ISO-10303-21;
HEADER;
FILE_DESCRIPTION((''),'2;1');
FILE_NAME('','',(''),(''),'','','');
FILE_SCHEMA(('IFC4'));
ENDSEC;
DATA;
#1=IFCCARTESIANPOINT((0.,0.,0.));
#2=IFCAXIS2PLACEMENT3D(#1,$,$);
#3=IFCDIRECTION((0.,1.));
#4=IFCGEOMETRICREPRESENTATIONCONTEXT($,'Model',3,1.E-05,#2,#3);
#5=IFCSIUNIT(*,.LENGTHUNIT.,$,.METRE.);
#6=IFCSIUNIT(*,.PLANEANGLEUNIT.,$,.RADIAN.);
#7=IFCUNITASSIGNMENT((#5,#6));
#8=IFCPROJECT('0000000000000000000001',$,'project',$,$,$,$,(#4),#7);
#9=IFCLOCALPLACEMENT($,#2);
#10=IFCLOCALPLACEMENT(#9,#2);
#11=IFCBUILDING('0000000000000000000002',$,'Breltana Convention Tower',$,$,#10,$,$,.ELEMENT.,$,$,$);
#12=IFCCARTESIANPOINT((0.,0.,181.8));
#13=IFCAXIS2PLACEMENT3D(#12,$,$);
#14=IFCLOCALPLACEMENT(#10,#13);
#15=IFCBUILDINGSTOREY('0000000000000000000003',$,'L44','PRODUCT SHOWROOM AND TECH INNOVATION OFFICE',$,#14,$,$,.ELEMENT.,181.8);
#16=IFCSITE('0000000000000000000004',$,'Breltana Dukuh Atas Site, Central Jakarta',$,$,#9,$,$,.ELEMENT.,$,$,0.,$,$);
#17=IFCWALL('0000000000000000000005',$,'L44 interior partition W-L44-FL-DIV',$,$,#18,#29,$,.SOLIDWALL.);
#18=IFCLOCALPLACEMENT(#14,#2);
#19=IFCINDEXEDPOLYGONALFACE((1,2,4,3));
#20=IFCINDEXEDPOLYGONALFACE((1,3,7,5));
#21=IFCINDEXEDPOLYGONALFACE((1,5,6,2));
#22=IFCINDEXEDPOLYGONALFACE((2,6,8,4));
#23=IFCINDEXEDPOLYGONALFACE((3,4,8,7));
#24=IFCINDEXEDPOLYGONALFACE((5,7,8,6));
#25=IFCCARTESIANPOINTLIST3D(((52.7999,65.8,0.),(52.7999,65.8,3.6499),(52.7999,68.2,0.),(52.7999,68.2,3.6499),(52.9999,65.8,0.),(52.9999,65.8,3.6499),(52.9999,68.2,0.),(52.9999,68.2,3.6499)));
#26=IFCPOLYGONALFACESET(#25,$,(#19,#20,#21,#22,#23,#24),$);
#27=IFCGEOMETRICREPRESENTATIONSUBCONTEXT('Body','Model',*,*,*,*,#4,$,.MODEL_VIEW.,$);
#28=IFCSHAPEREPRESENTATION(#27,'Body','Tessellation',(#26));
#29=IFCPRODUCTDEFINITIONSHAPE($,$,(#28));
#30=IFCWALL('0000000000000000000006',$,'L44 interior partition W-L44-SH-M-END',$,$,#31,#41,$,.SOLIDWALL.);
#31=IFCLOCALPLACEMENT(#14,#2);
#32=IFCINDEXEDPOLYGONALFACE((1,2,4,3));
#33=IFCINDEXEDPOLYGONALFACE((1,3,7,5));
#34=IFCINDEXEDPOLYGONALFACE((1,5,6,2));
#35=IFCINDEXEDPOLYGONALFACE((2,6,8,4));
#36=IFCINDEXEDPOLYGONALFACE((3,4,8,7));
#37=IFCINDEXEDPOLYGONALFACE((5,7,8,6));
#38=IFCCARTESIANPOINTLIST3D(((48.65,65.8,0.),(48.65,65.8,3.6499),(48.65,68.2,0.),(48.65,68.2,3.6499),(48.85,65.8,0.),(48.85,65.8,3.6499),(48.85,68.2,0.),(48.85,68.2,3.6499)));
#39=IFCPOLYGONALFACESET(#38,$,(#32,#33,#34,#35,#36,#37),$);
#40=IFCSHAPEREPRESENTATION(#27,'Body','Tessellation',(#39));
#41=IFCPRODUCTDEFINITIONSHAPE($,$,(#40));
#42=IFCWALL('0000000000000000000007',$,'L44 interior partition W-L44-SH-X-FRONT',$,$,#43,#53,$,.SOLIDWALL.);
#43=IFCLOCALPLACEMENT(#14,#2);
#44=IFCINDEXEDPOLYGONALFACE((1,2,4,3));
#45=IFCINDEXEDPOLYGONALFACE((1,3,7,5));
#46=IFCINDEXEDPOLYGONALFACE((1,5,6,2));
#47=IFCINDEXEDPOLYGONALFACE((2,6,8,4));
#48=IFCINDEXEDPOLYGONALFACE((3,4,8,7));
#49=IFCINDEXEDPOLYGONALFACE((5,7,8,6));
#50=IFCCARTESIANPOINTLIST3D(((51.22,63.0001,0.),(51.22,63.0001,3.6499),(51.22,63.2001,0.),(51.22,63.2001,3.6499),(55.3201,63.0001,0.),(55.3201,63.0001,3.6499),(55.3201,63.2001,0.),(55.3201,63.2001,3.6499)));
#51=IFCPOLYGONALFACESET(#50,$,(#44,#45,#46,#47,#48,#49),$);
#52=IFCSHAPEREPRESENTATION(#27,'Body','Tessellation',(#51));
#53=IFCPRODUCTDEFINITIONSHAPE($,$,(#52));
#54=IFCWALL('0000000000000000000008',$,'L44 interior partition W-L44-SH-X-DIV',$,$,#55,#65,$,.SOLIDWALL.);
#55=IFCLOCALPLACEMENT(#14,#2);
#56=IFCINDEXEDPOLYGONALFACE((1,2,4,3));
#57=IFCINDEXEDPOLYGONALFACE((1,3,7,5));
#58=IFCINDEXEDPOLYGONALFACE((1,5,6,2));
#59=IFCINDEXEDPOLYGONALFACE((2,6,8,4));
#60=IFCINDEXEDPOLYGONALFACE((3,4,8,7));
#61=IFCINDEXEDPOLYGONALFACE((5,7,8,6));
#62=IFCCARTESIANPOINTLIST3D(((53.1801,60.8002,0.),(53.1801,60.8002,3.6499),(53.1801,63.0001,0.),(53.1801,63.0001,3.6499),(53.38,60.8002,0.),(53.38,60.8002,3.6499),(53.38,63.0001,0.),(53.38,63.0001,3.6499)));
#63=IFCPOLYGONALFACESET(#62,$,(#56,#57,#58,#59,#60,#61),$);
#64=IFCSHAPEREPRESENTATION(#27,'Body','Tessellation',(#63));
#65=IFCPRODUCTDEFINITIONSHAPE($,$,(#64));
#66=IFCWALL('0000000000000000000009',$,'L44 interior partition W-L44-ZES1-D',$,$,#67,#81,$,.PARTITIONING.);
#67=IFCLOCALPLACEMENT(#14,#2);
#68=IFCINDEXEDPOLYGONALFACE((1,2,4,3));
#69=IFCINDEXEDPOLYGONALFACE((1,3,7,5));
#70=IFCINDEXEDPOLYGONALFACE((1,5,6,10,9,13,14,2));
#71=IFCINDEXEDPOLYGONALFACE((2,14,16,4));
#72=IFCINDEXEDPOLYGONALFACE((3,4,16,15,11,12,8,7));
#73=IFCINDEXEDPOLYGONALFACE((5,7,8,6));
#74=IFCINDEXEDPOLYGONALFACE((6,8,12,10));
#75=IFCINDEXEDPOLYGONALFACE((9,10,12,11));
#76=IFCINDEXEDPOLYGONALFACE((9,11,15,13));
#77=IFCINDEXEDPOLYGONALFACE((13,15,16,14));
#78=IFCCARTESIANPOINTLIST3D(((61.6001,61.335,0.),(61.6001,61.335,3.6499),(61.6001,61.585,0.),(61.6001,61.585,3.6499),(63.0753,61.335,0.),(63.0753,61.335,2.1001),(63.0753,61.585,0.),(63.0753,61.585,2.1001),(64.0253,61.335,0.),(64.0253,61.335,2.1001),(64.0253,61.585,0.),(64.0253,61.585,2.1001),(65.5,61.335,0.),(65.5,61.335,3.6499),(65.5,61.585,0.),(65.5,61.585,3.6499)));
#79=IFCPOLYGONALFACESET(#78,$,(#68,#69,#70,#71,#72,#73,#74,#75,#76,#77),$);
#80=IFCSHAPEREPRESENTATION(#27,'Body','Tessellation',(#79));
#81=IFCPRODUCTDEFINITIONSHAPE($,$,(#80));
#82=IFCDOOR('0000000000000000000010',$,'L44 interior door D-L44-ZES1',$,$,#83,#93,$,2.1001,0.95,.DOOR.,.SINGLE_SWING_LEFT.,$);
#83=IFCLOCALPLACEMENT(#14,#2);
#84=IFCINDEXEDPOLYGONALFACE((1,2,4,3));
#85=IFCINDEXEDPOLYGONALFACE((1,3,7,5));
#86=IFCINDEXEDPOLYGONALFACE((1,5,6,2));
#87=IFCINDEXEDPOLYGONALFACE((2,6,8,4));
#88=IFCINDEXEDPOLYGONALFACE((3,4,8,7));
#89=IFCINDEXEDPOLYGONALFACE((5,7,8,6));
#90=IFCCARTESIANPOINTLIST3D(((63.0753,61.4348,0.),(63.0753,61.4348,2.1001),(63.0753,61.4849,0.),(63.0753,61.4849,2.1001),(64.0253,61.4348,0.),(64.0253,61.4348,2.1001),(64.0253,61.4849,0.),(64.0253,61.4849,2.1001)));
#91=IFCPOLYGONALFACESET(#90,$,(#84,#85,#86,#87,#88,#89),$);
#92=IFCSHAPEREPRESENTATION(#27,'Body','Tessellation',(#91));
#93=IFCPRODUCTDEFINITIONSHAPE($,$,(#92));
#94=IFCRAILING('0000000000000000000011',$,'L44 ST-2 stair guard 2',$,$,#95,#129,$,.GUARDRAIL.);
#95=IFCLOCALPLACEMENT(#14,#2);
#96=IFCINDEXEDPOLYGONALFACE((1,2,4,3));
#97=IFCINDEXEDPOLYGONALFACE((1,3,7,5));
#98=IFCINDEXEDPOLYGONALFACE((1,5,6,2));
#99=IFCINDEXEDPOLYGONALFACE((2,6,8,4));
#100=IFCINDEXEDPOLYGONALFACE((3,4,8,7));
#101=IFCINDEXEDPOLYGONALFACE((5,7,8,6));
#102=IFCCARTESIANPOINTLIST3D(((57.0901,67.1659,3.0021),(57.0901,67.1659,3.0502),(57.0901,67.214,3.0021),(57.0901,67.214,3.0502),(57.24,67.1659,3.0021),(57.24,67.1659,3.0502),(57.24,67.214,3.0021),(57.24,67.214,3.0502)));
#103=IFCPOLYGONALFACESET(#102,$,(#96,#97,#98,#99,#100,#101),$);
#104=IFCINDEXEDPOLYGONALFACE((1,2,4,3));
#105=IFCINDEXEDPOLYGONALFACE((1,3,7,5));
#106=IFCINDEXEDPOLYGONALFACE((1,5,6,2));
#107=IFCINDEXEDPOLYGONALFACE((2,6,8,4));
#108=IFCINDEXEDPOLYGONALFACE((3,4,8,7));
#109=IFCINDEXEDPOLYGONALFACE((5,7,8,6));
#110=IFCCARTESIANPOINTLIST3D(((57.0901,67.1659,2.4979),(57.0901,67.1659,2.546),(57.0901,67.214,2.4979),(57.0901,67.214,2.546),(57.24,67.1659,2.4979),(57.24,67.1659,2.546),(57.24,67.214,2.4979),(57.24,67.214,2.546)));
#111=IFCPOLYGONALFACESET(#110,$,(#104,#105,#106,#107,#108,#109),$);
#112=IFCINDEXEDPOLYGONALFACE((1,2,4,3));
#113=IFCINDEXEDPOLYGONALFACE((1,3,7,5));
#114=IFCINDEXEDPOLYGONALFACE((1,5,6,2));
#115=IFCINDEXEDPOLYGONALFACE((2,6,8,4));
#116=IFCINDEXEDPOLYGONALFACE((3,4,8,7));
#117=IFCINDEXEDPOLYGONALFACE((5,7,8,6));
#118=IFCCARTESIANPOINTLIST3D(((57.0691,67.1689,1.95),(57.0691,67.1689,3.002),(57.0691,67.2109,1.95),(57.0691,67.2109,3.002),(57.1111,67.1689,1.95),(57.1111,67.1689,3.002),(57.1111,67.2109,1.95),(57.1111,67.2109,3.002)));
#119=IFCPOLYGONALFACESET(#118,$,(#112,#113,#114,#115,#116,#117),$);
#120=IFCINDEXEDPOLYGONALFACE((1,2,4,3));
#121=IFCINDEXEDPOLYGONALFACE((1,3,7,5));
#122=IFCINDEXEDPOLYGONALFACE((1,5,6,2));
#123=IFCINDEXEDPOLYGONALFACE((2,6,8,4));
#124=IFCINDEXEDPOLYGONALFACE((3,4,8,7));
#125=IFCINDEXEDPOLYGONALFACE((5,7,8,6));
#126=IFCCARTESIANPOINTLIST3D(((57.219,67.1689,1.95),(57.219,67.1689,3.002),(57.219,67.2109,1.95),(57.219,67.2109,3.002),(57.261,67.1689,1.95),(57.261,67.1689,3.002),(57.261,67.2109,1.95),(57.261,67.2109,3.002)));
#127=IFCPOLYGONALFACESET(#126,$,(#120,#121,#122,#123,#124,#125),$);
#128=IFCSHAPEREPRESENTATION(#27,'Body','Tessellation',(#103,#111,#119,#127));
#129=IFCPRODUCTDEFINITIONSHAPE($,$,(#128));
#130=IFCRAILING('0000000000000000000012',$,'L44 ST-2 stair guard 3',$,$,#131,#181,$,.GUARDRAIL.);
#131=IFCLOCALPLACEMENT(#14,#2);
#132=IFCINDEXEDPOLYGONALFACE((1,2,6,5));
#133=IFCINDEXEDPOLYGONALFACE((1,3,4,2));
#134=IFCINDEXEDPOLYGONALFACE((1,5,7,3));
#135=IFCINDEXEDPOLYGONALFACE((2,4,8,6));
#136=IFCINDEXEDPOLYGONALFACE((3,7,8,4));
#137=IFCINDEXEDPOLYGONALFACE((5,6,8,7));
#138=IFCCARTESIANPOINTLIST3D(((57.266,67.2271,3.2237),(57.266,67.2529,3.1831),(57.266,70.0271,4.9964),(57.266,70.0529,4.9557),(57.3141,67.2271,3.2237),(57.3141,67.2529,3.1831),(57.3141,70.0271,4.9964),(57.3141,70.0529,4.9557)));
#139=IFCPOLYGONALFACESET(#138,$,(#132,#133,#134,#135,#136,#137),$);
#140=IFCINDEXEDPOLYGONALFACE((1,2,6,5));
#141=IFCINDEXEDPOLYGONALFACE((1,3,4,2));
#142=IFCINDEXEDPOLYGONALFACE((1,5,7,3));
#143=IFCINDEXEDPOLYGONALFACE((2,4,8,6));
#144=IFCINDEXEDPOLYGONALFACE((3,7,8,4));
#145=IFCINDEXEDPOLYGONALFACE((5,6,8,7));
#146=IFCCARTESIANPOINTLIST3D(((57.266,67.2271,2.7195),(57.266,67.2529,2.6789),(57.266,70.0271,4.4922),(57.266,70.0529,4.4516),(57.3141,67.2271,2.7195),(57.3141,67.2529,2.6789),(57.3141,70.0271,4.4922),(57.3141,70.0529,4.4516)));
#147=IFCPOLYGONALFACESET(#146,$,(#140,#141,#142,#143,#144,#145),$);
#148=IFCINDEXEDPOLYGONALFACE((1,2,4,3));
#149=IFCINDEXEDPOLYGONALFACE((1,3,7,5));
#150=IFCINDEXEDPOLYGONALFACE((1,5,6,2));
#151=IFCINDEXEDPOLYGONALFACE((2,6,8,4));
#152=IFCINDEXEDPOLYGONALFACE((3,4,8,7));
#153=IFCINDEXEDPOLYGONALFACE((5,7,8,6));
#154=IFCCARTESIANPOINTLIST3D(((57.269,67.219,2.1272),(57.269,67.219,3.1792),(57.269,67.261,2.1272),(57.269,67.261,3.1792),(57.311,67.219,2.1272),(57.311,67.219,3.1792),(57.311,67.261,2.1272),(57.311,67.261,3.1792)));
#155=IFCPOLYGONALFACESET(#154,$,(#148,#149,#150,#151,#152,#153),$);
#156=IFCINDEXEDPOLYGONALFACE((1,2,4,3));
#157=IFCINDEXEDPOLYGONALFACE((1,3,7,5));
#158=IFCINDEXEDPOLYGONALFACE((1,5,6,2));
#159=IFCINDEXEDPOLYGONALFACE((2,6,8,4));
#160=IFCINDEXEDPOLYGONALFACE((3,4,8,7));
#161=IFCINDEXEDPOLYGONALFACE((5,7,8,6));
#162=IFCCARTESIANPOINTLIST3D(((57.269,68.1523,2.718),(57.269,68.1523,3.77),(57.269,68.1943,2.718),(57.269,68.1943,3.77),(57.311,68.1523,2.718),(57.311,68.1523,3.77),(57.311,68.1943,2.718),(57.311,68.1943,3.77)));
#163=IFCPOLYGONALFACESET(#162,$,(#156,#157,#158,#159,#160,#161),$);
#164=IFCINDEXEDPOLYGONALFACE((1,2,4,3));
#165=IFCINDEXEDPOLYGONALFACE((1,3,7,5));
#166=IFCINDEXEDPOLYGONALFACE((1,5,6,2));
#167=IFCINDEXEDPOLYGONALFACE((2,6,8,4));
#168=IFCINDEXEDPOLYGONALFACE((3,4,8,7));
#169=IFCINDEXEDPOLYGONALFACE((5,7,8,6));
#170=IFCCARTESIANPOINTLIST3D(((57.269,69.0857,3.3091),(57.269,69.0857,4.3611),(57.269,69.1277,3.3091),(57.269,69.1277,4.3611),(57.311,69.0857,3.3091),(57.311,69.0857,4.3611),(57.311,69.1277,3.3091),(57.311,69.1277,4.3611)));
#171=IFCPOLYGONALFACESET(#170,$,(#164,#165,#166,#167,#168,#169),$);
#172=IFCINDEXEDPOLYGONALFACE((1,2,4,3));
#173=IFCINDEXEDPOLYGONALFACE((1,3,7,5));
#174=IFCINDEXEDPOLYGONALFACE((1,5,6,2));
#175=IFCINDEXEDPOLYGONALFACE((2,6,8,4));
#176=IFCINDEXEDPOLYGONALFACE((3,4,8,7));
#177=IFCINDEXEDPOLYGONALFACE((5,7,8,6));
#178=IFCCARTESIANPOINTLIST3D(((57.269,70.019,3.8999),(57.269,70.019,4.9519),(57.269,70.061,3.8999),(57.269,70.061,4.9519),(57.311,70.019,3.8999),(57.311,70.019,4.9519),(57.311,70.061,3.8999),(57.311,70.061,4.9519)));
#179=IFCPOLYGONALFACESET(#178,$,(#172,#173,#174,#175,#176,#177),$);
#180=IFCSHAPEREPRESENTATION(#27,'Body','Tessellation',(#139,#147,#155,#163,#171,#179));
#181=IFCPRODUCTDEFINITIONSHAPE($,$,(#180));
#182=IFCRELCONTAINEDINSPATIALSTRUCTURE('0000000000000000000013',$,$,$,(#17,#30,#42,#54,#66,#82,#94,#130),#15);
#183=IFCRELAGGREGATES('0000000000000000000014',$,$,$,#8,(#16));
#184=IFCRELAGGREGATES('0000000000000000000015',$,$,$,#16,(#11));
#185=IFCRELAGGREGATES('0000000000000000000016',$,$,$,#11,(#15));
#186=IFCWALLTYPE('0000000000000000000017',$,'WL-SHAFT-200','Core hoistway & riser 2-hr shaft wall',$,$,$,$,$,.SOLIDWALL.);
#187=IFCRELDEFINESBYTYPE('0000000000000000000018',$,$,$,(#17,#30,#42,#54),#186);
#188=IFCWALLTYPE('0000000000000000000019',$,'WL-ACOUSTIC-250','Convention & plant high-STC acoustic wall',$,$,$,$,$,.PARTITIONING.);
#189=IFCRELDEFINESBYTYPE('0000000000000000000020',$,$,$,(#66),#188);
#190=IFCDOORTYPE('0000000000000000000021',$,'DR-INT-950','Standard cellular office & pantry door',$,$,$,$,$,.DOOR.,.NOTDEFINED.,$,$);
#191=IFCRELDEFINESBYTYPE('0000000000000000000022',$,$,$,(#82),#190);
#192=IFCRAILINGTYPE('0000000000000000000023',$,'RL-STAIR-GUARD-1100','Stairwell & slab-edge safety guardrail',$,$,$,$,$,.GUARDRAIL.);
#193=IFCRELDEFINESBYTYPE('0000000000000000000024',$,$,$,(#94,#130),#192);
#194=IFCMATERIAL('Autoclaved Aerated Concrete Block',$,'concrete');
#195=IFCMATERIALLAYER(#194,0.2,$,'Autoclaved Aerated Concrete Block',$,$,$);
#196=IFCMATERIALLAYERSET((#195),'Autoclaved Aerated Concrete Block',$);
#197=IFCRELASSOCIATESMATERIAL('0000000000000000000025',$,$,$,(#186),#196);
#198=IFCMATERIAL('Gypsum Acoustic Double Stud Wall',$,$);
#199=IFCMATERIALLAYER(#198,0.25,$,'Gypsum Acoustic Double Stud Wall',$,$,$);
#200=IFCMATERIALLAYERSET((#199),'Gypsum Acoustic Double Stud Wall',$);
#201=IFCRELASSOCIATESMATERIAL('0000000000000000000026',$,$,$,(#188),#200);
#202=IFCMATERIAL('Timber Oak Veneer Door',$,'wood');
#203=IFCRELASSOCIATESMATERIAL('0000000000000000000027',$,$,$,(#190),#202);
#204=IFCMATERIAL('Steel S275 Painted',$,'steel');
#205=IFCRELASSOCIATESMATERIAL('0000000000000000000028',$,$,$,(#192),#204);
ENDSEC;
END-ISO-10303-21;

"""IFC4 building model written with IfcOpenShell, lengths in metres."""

from ifc_helpers import new_model, si_unit, direction, frame, frame_2d, origin, origin_2d, place, context, subcontext, project, spatial, rectangle, extrude, source, transform, mapped, material, layer, layer_set, type_object, type_shapes, element, fill, save


model = new_model("IFC4")

# Units and contexts
model_context = context("Model", 3, precision=1e-05, world=origin(), true_north=direction((0.0, 1.0)))
body_context = subcontext(model_context, "Body", "Model", "MODEL_VIEW")
ifc_project = project(units=[si_unit("LENGTHUNIT", "METRE"), si_unit("PLANEANGLEUNIT", "RADIAN")], contexts=[model_context])

# Site, building, storey
site_placement = place(None, origin())
site = spatial("IfcSite", under=ifc_project, at=site_placement, Name="Breltana Dukuh Atas Site, Central Jakarta", CompositionType="ELEMENT", RefElevation=0.0)
building_placement = place(site_placement, origin())
building = spatial("IfcBuilding", under=site, at=building_placement, Name="Breltana Convention Tower", CompositionType="ELEMENT")
storey_placement = place(building_placement, frame((0.0, 0.0, 181.8)))
storey = spatial("IfcBuildingStorey", under=building, at=storey_placement, Name="L44", Description="PRODUCT SHOWROOM AND TECH INNOVATION OFFICE", CompositionType="ELEMENT", Elevation=181.8)

# Walls
ifc_material_1 = material(Name="Autoclaved Aerated Concrete Block", Category="concrete")
ifc_layer_1 = layer(ifc_material_1, 0.2, Name="Autoclaved Aerated Concrete Block")
ifc_layer_set_1 = layer_set([ifc_layer_1], Name="Autoclaved Aerated Concrete Block")
wall_type_1 = type_object("IfcWallType", Name="WL-SHAFT-200", Description="Core hoistway & riser 2-hr shaft wall", PredefinedType="SOLIDWALL", material=ifc_layer_set_1)
shared_shape_1 = source(origin(), body_context, "Body", "SweptSolid", [
    extrude(rectangle(XDim=2.3999, YDim=0.2, at=frame_2d((1.2, 0.0))), origin(), (0.0, 0.0, 1.0), 3.6499),
])
for number, where, z_axis, x_axis, name in (
    (1, (52.8999, 65.8, 0.0), (0.0, 0.0, 1.0), (0.0, 1.0, 0.0), "L44 interior partition W-L44-FL-DIV"),
    (2, (48.75, 65.8, 0.0), (0.0, 0.0, 1.0), (0.0, 1.0, 0.0), "L44 interior partition W-L44-SH-M-END"),
):
    element("IfcWall", number, at=place(storey_placement, frame(where, z_axis=z_axis, x_axis=x_axis)), inside=storey, type_object=wall_type_1, Name=name, PredefinedType="SOLIDWALL", context=body_context, shape_type="MappedRepresentation", body=[
        mapped(shared_shape_1, transform((0.0, 0.0, 0.0), scale=1.0)),
    ])
shared_shape_2 = source(origin(), body_context, "Body", "SweptSolid", [
    extrude(rectangle(XDim=4.1001, YDim=0.2, at=frame_2d((2.05, 0.0))), origin(), (0.0, 0.0, 1.0), 3.6499),
])
wall_1_placement = place(storey_placement, frame((51.22, 63.1001, 0.0), z_axis=(0.0, 0.0, 1.0), x_axis=(1.0, 0.0, 0.0)))
element("IfcWall", 3, at=wall_1_placement, inside=storey, type_object=wall_type_1, Name="L44 interior partition W-L44-SH-X-FRONT", PredefinedType="SOLIDWALL", context=body_context, shape_type="MappedRepresentation", body=[
    mapped(shared_shape_2, transform((0.0, 0.0, 0.0), scale=1.0)),
])
shared_shape_3 = source(origin(), body_context, "Body", "SweptSolid", [
    extrude(rectangle(XDim=2.2, YDim=0.2, at=frame_2d((1.1001, 0.0))), origin(), (0.0, 0.0, 1.0), 3.6499),
])
wall_2_placement = place(storey_placement, frame((53.28, 60.8, 0.0), z_axis=(0.0, 0.0, 1.0), x_axis=(0.0, 1.0, 0.0)))
element("IfcWall", 4, at=wall_2_placement, inside=storey, type_object=wall_type_1, Name="L44 interior partition W-L44-SH-X-DIV", PredefinedType="SOLIDWALL", context=body_context, shape_type="MappedRepresentation", body=[
    mapped(shared_shape_3, transform((0.0, 0.0, 0.0), scale=1.0)),
])

# Wall, opening, door
ifc_material_2 = material(Name="Gypsum Acoustic Double Stud Wall")
ifc_layer_2 = layer(ifc_material_2, 0.25, Name="Gypsum Acoustic Double Stud Wall")
ifc_layer_set_2 = layer_set([ifc_layer_2], Name="Gypsum Acoustic Double Stud Wall")
wall_type_2 = type_object("IfcWallType", Name="WL-ACOUSTIC-250", Description="Convention & plant high-STC acoustic wall", PredefinedType="PARTITIONING", material=ifc_layer_set_2)
shared_shape_4 = source(origin(), body_context, "Body", "SweptSolid", [
    extrude(rectangle(XDim=3.8999, YDim=0.25, at=frame_2d((1.95, 0.0))), origin(), (0.0, 0.0, 1.0), 3.6499),
])
wall_3_placement = place(storey_placement, frame((61.6001, 61.46, 0.0), z_axis=(0.0, 0.0, 1.0), x_axis=(1.0, 0.0, 0.0)))
wall_3 = element("IfcWall", 5, at=wall_3_placement, inside=storey, type_object=wall_type_2, Name="L44 interior partition W-L44-ZES1-D", PredefinedType="PARTITIONING", context=body_context, shape_type="MappedRepresentation", body=[
    mapped(shared_shape_4, transform((0.0, 0.0, 0.0), scale=1.0)),
])
opening_1_placement = place(wall_3_placement, frame((1.4751, 0.0, 0.0)))
opening_1 = element("IfcOpeningElement", 6, at=opening_1_placement, cuts=wall_3, PredefinedType="OPENING", context=body_context, shape_type="SweptSolid", body=[
    extrude(rectangle(XDim=0.95, YDim=2.1001, at=frame_2d((0.4751, 1.05))), frame((0.0, 0.135, 0.0), z_axis=(0.0, -1.0, 0.0), x_axis=(1.0, 0.0, 0.0)), (0.0, 0.0, 1.0), 0.27),
])
ifc_material_3 = material(Name="Timber Oak Veneer Door", Category="wood")
door_type_1 = type_object("IfcDoorType", Name="DR-INT-950", Description="Standard cellular office & pantry door", OperationType="NOTDEFINED", PredefinedType="DOOR", material=ifc_material_3)
shared_shape_5 = source(origin(), body_context, "Body", "SweptSolid", [
    extrude(rectangle(XDim=0.95, YDim=2.1001, at=frame_2d((0.4751, 1.05))), frame((0.0, 0.0249, 0.0), z_axis=(0.0, -1.0, 0.0), x_axis=(1.0, 0.0, 0.0)), (0.0, 0.0, 1.0), 0.05),
])
type_shapes(door_type_1, [shared_shape_5])
door_1_placement = place(opening_1_placement, origin())
door_1 = element("IfcDoor", 7, at=door_1_placement, inside=storey, type_object=door_type_1, Name="L44 interior door D-L44-ZES1", OperationType="SINGLE_SWING_LEFT", OverallHeight=2.1001, OverallWidth=0.95, PredefinedType="DOOR", context=body_context, shape_type="MappedRepresentation", body=[
    mapped(shared_shape_5, transform((0.0, 0.0, 0.0), scale=1.0)),
])
fill(opening_1, door_1)

# Railings
ifc_material_4 = material(Name="Steel S275 Painted", Category="steel")
railing_type = type_object("IfcRailingType", Name="RL-STAIR-GUARD-1100", Description="Stairwell & slab-edge safety guardrail", PredefinedType="GUARDRAIL", material=ifc_material_4)
railing_1_placement = place(storey_placement, frame((57.0901, 67.1899, 1.95)))
element("IfcRailing", 8, at=railing_1_placement, inside=storey, type_object=railing_type, Name="L44 ST-2 stair guard 2", PredefinedType="GUARDRAIL", context=body_context, shape_type="SweptSolid", body=[
    extrude(rectangle(XDim=0.0481, YDim=0.0481, at=origin_2d()), frame((0.0, 0.0, 1.0762), z_axis=(1.0, 0.0, 0.0), x_axis=(0.0, 1.0, 0.0)), (0.0, 0.0, 1.0), 0.1499),
    extrude(rectangle(XDim=0.0481, YDim=0.0481, at=origin_2d()), frame((0.0, 0.0, 0.572), z_axis=(1.0, 0.0, 0.0), x_axis=(0.0, 1.0, 0.0)), (0.0, 0.0, 1.0), 0.1499),
    extrude(rectangle(XDim=0.042, YDim=0.042, at=origin_2d()), origin(), (0.0, 0.0, 1.0), 1.052),
    extrude(rectangle(XDim=0.042, YDim=0.042, at=origin_2d()), frame((0.1499, 0.0, 0.0)), (0.0, 0.0, 1.0), 1.052),
])
railing_2_placement = place(storey_placement, frame((57.29, 67.24, 2.1272)))
element("IfcRailing", 9, at=railing_2_placement, inside=storey, type_object=railing_type, Name="L44 ST-2 stair guard 3", PredefinedType="GUARDRAIL", context=body_context, shape_type="SweptSolid", body=[
    extrude(rectangle(XDim=0.0481, YDim=0.0481, at=origin_2d()), frame((0.0, 0.0, 1.0762), z_axis=(0.0, 0.844909, 0.53491), x_axis=(-1.0, 0.0, 0.0)), (0.0, 0.0, 1.0), 3.314),
    extrude(rectangle(XDim=0.0481, YDim=0.0481, at=origin_2d()), frame((0.0, 0.0, 0.572), z_axis=(0.0, 0.844909, 0.53491), x_axis=(-1.0, 0.0, 0.0)), (0.0, 0.0, 1.0), 3.314),
    extrude(rectangle(XDim=0.042, YDim=0.042, at=origin_2d()), origin(), (0.0, 0.0, 1.0), 1.052),
    extrude(rectangle(XDim=0.042, YDim=0.042, at=origin_2d()), frame((0.0, 0.9333, 0.5908)), (0.0, 0.0, 1.0), 1.052),
    extrude(rectangle(XDim=0.042, YDim=0.042, at=origin_2d()), frame((0.0, 1.8667, 1.1819)), (0.0, 0.0, 1.0), 1.052),
    extrude(rectangle(XDim=0.042, YDim=0.042, at=origin_2d()), frame((0.0, 2.8, 1.7727)), (0.0, 0.0, 1.0), 1.052),
])

save(model, "model.ifc")
